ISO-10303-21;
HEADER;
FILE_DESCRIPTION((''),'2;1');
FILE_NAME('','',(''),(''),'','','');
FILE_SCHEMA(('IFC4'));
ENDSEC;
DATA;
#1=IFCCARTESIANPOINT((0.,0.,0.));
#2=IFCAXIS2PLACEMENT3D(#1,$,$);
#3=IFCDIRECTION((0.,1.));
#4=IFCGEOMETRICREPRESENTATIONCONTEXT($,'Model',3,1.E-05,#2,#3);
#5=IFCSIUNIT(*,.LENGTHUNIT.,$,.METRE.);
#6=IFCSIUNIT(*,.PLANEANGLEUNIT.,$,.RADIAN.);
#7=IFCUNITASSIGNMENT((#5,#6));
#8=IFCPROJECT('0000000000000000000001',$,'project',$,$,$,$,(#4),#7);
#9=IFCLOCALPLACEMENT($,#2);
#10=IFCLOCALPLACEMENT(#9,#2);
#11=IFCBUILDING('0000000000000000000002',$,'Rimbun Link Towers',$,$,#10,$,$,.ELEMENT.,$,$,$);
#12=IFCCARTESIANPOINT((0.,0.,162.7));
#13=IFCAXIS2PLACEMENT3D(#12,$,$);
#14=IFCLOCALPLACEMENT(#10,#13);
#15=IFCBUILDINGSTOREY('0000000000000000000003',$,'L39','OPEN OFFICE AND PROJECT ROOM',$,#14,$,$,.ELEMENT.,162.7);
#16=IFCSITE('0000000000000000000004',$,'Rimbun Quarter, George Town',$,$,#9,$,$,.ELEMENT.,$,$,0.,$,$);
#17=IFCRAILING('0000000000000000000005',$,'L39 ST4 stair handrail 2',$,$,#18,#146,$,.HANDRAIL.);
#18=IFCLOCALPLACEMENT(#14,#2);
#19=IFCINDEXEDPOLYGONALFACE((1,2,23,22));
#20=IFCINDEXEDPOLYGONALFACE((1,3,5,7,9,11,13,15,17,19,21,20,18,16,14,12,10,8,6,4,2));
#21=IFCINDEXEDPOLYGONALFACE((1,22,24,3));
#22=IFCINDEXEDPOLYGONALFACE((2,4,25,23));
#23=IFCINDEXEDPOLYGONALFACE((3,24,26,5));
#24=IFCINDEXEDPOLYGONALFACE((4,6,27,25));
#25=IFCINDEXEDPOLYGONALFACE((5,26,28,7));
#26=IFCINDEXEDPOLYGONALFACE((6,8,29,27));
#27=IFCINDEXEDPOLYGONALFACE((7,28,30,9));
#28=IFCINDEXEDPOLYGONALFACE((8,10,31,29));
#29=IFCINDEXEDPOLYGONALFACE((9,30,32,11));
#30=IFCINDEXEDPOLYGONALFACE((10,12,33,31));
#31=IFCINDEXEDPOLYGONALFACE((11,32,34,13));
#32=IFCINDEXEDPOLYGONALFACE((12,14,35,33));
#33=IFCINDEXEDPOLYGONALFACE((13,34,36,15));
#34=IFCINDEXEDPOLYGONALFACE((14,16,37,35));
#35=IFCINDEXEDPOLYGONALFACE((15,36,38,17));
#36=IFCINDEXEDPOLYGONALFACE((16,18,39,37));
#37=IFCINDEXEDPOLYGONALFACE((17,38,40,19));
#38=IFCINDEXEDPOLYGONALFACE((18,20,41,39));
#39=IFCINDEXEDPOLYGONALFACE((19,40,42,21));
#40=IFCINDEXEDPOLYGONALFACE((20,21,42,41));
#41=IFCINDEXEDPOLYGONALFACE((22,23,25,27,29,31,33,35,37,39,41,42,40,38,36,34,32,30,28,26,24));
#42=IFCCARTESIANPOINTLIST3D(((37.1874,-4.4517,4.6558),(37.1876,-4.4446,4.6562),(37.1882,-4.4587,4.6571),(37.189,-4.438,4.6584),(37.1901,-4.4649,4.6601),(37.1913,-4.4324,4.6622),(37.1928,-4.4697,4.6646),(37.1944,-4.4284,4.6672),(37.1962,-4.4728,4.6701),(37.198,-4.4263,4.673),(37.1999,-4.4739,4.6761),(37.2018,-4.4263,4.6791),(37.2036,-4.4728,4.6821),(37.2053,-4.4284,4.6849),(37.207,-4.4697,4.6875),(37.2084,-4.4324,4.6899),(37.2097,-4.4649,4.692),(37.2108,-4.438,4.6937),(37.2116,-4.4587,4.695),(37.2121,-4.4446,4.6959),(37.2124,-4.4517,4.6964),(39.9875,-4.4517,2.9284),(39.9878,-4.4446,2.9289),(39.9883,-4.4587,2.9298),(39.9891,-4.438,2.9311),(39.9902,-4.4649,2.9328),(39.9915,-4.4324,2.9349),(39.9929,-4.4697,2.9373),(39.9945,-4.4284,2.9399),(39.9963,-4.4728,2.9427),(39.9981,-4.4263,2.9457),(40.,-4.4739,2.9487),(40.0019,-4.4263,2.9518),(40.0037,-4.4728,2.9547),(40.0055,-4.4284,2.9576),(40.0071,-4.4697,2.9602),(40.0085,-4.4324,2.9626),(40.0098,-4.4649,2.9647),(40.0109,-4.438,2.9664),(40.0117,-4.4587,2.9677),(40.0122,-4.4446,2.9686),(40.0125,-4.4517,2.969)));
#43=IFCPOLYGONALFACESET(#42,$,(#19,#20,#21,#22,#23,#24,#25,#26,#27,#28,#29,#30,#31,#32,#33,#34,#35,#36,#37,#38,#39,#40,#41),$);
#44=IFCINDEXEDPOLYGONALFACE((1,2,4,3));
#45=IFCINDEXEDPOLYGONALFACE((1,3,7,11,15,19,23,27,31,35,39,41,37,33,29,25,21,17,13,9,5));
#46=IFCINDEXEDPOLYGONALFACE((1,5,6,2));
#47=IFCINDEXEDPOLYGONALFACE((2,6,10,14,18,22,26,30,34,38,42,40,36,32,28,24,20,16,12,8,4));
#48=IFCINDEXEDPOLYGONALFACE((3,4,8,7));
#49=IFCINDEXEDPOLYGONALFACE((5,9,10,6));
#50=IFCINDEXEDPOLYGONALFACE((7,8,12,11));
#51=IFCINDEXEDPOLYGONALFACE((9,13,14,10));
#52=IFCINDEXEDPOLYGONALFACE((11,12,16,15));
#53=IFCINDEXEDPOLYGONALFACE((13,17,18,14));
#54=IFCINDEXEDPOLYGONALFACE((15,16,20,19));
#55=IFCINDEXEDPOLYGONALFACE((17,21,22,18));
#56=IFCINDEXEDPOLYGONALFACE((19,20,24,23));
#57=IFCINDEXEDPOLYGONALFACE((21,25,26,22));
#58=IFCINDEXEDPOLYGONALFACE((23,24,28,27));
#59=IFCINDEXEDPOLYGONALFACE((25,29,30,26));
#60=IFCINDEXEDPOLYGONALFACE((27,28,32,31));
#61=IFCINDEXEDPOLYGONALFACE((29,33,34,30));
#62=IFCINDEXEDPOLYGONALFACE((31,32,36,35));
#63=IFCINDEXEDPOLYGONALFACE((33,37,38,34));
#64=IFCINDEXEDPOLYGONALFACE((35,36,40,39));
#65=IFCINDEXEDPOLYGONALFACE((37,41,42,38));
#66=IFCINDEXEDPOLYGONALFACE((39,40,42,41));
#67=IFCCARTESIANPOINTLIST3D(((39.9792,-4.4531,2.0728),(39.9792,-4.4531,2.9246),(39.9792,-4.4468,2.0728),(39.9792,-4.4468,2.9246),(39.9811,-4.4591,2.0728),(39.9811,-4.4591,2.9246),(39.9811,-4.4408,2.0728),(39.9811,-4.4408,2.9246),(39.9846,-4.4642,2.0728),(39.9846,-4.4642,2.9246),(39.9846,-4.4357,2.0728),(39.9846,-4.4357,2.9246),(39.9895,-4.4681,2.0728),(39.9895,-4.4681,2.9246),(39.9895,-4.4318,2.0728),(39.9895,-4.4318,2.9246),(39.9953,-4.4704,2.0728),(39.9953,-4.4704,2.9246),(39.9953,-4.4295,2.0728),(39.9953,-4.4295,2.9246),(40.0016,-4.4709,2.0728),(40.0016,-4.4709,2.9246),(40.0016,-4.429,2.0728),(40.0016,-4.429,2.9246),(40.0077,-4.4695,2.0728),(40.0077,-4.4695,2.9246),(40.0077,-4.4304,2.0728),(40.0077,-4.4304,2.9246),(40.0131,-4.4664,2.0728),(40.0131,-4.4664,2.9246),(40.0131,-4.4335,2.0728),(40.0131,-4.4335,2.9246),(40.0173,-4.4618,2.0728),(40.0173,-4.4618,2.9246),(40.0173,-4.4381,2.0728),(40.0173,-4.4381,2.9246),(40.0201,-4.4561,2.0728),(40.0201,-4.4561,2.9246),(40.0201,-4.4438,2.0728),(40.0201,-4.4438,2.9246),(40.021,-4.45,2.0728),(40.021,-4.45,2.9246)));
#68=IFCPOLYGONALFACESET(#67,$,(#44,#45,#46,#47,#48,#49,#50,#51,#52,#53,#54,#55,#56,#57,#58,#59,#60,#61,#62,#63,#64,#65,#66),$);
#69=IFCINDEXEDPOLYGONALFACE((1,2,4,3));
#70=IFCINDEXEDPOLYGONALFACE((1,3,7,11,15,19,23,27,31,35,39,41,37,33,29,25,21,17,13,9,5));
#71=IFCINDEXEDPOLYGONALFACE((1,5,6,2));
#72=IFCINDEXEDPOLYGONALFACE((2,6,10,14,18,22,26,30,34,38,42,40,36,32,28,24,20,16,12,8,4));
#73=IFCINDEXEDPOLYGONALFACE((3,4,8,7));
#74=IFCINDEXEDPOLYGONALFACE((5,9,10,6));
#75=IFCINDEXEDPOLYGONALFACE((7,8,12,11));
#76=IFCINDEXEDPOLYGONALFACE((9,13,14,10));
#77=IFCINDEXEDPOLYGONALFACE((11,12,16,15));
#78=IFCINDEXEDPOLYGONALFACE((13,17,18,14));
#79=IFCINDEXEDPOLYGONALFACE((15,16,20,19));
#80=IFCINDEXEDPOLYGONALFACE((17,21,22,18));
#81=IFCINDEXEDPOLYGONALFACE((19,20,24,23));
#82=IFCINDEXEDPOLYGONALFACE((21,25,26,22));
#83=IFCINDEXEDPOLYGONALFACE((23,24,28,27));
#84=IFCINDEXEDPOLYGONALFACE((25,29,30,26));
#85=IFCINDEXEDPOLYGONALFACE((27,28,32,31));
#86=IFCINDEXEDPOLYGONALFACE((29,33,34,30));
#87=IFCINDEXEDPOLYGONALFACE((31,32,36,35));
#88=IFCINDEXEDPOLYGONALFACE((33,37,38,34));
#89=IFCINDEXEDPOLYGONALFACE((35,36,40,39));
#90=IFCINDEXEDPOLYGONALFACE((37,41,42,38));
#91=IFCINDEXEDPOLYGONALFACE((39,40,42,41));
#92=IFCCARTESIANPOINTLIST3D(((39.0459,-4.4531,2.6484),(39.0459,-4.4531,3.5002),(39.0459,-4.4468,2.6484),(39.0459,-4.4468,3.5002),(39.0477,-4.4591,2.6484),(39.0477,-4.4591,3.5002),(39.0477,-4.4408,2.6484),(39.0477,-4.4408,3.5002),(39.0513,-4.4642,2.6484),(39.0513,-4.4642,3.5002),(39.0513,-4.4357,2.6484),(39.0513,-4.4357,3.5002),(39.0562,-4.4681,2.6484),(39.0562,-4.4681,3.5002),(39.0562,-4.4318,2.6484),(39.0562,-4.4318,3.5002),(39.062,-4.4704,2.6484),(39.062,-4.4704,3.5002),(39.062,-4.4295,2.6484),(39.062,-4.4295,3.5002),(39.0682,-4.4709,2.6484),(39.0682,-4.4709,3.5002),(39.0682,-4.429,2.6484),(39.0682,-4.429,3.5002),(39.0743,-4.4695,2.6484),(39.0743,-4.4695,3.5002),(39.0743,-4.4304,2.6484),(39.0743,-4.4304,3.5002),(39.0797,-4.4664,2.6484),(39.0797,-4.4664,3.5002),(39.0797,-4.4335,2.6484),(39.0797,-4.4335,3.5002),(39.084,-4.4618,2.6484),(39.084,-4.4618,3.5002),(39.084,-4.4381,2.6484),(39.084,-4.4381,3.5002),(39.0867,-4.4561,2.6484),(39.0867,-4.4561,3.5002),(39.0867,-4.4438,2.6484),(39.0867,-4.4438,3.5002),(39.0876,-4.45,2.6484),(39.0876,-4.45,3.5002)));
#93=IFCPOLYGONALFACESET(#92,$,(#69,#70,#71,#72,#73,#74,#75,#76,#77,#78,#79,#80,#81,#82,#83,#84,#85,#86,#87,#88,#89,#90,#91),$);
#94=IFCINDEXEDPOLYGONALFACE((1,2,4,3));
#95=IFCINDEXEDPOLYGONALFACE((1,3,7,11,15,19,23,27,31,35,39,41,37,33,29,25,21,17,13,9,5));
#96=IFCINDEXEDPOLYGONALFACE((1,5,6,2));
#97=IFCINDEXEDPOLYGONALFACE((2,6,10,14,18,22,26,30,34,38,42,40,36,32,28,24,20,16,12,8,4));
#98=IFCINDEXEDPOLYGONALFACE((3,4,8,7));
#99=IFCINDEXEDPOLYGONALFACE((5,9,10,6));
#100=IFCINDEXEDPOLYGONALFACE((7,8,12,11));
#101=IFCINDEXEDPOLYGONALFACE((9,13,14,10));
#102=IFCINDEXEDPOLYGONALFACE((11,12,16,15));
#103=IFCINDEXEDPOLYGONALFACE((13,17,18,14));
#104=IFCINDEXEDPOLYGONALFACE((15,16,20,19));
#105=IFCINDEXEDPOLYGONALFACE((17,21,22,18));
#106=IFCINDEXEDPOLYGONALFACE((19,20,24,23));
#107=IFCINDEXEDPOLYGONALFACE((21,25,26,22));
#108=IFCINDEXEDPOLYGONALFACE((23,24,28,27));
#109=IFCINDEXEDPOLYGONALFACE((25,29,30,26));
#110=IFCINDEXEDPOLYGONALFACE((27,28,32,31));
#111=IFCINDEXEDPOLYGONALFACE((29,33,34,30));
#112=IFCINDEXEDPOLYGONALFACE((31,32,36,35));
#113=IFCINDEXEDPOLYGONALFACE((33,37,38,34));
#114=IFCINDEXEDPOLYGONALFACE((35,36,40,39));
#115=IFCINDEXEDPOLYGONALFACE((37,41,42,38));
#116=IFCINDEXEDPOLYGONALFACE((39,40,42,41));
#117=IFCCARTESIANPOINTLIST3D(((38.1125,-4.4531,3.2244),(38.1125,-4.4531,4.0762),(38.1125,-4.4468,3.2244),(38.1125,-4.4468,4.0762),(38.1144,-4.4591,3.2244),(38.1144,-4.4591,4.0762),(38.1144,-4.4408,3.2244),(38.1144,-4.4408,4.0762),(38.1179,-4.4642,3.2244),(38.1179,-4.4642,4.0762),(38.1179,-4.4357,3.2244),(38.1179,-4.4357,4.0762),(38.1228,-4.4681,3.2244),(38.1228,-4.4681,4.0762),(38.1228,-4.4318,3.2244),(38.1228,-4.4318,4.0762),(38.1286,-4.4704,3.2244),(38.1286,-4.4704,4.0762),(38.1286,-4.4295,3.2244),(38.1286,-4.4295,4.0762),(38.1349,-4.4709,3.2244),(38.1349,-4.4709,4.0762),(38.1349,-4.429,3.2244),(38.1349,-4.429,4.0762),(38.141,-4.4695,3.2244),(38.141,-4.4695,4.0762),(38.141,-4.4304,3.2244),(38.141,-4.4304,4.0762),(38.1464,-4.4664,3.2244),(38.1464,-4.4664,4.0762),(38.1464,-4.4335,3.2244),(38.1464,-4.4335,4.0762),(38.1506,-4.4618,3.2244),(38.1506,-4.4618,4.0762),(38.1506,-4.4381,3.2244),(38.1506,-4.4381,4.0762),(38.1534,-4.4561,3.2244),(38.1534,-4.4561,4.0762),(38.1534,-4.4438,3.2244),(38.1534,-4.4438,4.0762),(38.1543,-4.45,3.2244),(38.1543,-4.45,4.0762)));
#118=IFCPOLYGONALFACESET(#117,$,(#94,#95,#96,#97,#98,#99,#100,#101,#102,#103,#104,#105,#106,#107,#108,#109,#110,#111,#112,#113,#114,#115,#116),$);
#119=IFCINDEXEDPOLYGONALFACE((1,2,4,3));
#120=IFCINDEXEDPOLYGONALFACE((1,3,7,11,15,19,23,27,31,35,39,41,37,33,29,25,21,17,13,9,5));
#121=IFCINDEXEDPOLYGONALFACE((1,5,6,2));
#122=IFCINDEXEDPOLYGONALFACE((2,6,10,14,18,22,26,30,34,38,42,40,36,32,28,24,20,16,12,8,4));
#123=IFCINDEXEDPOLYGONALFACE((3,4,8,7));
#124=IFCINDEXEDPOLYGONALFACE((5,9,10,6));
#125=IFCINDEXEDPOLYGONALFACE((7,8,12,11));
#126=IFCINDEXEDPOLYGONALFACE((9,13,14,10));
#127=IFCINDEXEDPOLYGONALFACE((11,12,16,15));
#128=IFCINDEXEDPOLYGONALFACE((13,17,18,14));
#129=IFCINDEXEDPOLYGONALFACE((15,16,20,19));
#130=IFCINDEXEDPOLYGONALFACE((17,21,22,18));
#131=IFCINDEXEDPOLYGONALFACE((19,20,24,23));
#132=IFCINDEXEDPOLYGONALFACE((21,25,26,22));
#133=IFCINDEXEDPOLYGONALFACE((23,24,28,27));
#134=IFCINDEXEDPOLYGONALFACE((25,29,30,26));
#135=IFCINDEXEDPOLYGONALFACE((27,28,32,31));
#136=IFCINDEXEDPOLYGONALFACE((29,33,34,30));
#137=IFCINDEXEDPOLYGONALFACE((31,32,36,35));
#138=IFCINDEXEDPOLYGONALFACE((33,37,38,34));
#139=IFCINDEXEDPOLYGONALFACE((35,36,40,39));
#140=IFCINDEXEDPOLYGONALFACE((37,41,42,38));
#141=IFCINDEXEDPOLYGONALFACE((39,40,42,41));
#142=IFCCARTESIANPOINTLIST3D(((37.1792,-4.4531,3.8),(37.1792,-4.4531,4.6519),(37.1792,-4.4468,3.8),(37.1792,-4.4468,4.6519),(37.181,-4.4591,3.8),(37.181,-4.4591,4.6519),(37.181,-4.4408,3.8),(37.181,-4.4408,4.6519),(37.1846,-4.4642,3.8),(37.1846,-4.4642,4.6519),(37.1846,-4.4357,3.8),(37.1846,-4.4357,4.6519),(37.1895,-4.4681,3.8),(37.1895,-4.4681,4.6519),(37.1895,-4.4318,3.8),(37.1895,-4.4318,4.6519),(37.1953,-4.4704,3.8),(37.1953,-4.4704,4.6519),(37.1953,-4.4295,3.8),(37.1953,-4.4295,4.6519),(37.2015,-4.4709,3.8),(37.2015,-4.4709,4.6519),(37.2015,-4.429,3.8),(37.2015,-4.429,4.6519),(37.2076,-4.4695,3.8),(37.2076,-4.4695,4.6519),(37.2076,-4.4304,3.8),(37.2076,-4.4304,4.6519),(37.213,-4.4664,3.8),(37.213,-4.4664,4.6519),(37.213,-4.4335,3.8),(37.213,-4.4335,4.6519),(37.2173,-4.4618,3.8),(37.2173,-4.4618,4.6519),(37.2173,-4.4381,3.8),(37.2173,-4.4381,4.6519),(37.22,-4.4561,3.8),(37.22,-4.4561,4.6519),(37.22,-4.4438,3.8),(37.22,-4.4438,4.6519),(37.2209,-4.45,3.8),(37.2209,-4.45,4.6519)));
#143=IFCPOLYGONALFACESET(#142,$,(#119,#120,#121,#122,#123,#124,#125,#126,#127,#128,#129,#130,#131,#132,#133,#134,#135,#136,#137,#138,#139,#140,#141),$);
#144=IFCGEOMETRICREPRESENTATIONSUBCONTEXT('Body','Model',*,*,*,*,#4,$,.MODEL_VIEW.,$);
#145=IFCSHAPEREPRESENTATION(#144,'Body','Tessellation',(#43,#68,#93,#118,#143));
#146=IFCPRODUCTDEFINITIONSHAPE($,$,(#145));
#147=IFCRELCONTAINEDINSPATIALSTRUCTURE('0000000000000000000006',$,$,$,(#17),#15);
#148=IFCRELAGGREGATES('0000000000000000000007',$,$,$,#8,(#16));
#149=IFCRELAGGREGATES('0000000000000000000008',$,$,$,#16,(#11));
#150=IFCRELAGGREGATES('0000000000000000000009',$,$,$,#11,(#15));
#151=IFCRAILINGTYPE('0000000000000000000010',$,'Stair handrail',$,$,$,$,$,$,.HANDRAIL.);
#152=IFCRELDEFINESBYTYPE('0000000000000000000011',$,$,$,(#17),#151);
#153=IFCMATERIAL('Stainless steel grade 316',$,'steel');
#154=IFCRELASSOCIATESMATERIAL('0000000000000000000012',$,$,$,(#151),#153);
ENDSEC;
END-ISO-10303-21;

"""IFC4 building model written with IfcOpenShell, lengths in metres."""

from ifc_helpers import new_model, si_unit, direction, frame, origin, origin_2d, place, context, subcontext, project, spatial, circle, extrude, material, type_object, element, save


model = new_model("IFC4")

# Units and contexts
model_context = context("Model", 3, precision=1e-05, world=origin(), true_north=direction((0.0, 1.0)))
body_context = subcontext(model_context, "Body", "Model", "MODEL_VIEW")
ifc_project = project(units=[si_unit("LENGTHUNIT", "METRE"), si_unit("PLANEANGLEUNIT", "RADIAN")], contexts=[model_context])

# Site, building, storey
site_placement = place(None, origin())
site = spatial("IfcSite", under=ifc_project, at=site_placement, Name="Rimbun Quarter, George Town", CompositionType="ELEMENT", RefElevation=0.0)
building_placement = place(site_placement, origin())
building = spatial("IfcBuilding", under=site, at=building_placement, Name="Rimbun Link Towers", CompositionType="ELEMENT")
storey_placement = place(building_placement, frame((0.0, 0.0, 162.7)))
storey = spatial("IfcBuildingStorey", under=building, at=storey_placement, Name="L39", Description="OPEN OFFICE AND PROJECT ROOM", CompositionType="ELEMENT", Elevation=162.7)

# Railing
ifc_material_1 = material(Name="Stainless steel grade 316", Category="steel")
railing_type_1 = type_object("IfcRailingType", Name="Stair handrail", PredefinedType="HANDRAIL", material=ifc_material_1)
railing_1_placement = place(storey_placement, frame((40.0, -4.45, 2.0728)))
element("IfcRailing", 1, at=railing_1_placement, inside=storey, type_object=railing_type_1, Name="L39 ST4 stair handrail 2", PredefinedType="HANDRAIL", context=body_context, shape_type="SweptSolid", body=[
    extrude(circle(Radius=0.0239, at=origin_2d()), frame((0.0, 0.0, 0.876), z_axis=(-0.85109, 0.0, 0.52502), x_axis=(0.0, -1.0, 0.0)), (0.0, 0.0, 1.0), 3.29),
    extrude(circle(Radius=0.021, at=origin_2d()), origin(), (0.0, 0.0, 1.0), 0.8518),
    extrude(circle(Radius=0.021, at=origin_2d()), frame((-0.9333, 0.0, 0.5757)), (0.0, 0.0, 1.0), 0.8518),
    extrude(circle(Radius=0.021, at=origin_2d()), frame((-1.8667, 0.0, 1.1516)), (0.0, 0.0, 1.0), 0.8518),
    extrude(circle(Radius=0.021, at=origin_2d()), frame((-2.8, 0.0, 1.7273)), (0.0, 0.0, 1.0), 0.8518),
])

save(model, "model.ifc")
